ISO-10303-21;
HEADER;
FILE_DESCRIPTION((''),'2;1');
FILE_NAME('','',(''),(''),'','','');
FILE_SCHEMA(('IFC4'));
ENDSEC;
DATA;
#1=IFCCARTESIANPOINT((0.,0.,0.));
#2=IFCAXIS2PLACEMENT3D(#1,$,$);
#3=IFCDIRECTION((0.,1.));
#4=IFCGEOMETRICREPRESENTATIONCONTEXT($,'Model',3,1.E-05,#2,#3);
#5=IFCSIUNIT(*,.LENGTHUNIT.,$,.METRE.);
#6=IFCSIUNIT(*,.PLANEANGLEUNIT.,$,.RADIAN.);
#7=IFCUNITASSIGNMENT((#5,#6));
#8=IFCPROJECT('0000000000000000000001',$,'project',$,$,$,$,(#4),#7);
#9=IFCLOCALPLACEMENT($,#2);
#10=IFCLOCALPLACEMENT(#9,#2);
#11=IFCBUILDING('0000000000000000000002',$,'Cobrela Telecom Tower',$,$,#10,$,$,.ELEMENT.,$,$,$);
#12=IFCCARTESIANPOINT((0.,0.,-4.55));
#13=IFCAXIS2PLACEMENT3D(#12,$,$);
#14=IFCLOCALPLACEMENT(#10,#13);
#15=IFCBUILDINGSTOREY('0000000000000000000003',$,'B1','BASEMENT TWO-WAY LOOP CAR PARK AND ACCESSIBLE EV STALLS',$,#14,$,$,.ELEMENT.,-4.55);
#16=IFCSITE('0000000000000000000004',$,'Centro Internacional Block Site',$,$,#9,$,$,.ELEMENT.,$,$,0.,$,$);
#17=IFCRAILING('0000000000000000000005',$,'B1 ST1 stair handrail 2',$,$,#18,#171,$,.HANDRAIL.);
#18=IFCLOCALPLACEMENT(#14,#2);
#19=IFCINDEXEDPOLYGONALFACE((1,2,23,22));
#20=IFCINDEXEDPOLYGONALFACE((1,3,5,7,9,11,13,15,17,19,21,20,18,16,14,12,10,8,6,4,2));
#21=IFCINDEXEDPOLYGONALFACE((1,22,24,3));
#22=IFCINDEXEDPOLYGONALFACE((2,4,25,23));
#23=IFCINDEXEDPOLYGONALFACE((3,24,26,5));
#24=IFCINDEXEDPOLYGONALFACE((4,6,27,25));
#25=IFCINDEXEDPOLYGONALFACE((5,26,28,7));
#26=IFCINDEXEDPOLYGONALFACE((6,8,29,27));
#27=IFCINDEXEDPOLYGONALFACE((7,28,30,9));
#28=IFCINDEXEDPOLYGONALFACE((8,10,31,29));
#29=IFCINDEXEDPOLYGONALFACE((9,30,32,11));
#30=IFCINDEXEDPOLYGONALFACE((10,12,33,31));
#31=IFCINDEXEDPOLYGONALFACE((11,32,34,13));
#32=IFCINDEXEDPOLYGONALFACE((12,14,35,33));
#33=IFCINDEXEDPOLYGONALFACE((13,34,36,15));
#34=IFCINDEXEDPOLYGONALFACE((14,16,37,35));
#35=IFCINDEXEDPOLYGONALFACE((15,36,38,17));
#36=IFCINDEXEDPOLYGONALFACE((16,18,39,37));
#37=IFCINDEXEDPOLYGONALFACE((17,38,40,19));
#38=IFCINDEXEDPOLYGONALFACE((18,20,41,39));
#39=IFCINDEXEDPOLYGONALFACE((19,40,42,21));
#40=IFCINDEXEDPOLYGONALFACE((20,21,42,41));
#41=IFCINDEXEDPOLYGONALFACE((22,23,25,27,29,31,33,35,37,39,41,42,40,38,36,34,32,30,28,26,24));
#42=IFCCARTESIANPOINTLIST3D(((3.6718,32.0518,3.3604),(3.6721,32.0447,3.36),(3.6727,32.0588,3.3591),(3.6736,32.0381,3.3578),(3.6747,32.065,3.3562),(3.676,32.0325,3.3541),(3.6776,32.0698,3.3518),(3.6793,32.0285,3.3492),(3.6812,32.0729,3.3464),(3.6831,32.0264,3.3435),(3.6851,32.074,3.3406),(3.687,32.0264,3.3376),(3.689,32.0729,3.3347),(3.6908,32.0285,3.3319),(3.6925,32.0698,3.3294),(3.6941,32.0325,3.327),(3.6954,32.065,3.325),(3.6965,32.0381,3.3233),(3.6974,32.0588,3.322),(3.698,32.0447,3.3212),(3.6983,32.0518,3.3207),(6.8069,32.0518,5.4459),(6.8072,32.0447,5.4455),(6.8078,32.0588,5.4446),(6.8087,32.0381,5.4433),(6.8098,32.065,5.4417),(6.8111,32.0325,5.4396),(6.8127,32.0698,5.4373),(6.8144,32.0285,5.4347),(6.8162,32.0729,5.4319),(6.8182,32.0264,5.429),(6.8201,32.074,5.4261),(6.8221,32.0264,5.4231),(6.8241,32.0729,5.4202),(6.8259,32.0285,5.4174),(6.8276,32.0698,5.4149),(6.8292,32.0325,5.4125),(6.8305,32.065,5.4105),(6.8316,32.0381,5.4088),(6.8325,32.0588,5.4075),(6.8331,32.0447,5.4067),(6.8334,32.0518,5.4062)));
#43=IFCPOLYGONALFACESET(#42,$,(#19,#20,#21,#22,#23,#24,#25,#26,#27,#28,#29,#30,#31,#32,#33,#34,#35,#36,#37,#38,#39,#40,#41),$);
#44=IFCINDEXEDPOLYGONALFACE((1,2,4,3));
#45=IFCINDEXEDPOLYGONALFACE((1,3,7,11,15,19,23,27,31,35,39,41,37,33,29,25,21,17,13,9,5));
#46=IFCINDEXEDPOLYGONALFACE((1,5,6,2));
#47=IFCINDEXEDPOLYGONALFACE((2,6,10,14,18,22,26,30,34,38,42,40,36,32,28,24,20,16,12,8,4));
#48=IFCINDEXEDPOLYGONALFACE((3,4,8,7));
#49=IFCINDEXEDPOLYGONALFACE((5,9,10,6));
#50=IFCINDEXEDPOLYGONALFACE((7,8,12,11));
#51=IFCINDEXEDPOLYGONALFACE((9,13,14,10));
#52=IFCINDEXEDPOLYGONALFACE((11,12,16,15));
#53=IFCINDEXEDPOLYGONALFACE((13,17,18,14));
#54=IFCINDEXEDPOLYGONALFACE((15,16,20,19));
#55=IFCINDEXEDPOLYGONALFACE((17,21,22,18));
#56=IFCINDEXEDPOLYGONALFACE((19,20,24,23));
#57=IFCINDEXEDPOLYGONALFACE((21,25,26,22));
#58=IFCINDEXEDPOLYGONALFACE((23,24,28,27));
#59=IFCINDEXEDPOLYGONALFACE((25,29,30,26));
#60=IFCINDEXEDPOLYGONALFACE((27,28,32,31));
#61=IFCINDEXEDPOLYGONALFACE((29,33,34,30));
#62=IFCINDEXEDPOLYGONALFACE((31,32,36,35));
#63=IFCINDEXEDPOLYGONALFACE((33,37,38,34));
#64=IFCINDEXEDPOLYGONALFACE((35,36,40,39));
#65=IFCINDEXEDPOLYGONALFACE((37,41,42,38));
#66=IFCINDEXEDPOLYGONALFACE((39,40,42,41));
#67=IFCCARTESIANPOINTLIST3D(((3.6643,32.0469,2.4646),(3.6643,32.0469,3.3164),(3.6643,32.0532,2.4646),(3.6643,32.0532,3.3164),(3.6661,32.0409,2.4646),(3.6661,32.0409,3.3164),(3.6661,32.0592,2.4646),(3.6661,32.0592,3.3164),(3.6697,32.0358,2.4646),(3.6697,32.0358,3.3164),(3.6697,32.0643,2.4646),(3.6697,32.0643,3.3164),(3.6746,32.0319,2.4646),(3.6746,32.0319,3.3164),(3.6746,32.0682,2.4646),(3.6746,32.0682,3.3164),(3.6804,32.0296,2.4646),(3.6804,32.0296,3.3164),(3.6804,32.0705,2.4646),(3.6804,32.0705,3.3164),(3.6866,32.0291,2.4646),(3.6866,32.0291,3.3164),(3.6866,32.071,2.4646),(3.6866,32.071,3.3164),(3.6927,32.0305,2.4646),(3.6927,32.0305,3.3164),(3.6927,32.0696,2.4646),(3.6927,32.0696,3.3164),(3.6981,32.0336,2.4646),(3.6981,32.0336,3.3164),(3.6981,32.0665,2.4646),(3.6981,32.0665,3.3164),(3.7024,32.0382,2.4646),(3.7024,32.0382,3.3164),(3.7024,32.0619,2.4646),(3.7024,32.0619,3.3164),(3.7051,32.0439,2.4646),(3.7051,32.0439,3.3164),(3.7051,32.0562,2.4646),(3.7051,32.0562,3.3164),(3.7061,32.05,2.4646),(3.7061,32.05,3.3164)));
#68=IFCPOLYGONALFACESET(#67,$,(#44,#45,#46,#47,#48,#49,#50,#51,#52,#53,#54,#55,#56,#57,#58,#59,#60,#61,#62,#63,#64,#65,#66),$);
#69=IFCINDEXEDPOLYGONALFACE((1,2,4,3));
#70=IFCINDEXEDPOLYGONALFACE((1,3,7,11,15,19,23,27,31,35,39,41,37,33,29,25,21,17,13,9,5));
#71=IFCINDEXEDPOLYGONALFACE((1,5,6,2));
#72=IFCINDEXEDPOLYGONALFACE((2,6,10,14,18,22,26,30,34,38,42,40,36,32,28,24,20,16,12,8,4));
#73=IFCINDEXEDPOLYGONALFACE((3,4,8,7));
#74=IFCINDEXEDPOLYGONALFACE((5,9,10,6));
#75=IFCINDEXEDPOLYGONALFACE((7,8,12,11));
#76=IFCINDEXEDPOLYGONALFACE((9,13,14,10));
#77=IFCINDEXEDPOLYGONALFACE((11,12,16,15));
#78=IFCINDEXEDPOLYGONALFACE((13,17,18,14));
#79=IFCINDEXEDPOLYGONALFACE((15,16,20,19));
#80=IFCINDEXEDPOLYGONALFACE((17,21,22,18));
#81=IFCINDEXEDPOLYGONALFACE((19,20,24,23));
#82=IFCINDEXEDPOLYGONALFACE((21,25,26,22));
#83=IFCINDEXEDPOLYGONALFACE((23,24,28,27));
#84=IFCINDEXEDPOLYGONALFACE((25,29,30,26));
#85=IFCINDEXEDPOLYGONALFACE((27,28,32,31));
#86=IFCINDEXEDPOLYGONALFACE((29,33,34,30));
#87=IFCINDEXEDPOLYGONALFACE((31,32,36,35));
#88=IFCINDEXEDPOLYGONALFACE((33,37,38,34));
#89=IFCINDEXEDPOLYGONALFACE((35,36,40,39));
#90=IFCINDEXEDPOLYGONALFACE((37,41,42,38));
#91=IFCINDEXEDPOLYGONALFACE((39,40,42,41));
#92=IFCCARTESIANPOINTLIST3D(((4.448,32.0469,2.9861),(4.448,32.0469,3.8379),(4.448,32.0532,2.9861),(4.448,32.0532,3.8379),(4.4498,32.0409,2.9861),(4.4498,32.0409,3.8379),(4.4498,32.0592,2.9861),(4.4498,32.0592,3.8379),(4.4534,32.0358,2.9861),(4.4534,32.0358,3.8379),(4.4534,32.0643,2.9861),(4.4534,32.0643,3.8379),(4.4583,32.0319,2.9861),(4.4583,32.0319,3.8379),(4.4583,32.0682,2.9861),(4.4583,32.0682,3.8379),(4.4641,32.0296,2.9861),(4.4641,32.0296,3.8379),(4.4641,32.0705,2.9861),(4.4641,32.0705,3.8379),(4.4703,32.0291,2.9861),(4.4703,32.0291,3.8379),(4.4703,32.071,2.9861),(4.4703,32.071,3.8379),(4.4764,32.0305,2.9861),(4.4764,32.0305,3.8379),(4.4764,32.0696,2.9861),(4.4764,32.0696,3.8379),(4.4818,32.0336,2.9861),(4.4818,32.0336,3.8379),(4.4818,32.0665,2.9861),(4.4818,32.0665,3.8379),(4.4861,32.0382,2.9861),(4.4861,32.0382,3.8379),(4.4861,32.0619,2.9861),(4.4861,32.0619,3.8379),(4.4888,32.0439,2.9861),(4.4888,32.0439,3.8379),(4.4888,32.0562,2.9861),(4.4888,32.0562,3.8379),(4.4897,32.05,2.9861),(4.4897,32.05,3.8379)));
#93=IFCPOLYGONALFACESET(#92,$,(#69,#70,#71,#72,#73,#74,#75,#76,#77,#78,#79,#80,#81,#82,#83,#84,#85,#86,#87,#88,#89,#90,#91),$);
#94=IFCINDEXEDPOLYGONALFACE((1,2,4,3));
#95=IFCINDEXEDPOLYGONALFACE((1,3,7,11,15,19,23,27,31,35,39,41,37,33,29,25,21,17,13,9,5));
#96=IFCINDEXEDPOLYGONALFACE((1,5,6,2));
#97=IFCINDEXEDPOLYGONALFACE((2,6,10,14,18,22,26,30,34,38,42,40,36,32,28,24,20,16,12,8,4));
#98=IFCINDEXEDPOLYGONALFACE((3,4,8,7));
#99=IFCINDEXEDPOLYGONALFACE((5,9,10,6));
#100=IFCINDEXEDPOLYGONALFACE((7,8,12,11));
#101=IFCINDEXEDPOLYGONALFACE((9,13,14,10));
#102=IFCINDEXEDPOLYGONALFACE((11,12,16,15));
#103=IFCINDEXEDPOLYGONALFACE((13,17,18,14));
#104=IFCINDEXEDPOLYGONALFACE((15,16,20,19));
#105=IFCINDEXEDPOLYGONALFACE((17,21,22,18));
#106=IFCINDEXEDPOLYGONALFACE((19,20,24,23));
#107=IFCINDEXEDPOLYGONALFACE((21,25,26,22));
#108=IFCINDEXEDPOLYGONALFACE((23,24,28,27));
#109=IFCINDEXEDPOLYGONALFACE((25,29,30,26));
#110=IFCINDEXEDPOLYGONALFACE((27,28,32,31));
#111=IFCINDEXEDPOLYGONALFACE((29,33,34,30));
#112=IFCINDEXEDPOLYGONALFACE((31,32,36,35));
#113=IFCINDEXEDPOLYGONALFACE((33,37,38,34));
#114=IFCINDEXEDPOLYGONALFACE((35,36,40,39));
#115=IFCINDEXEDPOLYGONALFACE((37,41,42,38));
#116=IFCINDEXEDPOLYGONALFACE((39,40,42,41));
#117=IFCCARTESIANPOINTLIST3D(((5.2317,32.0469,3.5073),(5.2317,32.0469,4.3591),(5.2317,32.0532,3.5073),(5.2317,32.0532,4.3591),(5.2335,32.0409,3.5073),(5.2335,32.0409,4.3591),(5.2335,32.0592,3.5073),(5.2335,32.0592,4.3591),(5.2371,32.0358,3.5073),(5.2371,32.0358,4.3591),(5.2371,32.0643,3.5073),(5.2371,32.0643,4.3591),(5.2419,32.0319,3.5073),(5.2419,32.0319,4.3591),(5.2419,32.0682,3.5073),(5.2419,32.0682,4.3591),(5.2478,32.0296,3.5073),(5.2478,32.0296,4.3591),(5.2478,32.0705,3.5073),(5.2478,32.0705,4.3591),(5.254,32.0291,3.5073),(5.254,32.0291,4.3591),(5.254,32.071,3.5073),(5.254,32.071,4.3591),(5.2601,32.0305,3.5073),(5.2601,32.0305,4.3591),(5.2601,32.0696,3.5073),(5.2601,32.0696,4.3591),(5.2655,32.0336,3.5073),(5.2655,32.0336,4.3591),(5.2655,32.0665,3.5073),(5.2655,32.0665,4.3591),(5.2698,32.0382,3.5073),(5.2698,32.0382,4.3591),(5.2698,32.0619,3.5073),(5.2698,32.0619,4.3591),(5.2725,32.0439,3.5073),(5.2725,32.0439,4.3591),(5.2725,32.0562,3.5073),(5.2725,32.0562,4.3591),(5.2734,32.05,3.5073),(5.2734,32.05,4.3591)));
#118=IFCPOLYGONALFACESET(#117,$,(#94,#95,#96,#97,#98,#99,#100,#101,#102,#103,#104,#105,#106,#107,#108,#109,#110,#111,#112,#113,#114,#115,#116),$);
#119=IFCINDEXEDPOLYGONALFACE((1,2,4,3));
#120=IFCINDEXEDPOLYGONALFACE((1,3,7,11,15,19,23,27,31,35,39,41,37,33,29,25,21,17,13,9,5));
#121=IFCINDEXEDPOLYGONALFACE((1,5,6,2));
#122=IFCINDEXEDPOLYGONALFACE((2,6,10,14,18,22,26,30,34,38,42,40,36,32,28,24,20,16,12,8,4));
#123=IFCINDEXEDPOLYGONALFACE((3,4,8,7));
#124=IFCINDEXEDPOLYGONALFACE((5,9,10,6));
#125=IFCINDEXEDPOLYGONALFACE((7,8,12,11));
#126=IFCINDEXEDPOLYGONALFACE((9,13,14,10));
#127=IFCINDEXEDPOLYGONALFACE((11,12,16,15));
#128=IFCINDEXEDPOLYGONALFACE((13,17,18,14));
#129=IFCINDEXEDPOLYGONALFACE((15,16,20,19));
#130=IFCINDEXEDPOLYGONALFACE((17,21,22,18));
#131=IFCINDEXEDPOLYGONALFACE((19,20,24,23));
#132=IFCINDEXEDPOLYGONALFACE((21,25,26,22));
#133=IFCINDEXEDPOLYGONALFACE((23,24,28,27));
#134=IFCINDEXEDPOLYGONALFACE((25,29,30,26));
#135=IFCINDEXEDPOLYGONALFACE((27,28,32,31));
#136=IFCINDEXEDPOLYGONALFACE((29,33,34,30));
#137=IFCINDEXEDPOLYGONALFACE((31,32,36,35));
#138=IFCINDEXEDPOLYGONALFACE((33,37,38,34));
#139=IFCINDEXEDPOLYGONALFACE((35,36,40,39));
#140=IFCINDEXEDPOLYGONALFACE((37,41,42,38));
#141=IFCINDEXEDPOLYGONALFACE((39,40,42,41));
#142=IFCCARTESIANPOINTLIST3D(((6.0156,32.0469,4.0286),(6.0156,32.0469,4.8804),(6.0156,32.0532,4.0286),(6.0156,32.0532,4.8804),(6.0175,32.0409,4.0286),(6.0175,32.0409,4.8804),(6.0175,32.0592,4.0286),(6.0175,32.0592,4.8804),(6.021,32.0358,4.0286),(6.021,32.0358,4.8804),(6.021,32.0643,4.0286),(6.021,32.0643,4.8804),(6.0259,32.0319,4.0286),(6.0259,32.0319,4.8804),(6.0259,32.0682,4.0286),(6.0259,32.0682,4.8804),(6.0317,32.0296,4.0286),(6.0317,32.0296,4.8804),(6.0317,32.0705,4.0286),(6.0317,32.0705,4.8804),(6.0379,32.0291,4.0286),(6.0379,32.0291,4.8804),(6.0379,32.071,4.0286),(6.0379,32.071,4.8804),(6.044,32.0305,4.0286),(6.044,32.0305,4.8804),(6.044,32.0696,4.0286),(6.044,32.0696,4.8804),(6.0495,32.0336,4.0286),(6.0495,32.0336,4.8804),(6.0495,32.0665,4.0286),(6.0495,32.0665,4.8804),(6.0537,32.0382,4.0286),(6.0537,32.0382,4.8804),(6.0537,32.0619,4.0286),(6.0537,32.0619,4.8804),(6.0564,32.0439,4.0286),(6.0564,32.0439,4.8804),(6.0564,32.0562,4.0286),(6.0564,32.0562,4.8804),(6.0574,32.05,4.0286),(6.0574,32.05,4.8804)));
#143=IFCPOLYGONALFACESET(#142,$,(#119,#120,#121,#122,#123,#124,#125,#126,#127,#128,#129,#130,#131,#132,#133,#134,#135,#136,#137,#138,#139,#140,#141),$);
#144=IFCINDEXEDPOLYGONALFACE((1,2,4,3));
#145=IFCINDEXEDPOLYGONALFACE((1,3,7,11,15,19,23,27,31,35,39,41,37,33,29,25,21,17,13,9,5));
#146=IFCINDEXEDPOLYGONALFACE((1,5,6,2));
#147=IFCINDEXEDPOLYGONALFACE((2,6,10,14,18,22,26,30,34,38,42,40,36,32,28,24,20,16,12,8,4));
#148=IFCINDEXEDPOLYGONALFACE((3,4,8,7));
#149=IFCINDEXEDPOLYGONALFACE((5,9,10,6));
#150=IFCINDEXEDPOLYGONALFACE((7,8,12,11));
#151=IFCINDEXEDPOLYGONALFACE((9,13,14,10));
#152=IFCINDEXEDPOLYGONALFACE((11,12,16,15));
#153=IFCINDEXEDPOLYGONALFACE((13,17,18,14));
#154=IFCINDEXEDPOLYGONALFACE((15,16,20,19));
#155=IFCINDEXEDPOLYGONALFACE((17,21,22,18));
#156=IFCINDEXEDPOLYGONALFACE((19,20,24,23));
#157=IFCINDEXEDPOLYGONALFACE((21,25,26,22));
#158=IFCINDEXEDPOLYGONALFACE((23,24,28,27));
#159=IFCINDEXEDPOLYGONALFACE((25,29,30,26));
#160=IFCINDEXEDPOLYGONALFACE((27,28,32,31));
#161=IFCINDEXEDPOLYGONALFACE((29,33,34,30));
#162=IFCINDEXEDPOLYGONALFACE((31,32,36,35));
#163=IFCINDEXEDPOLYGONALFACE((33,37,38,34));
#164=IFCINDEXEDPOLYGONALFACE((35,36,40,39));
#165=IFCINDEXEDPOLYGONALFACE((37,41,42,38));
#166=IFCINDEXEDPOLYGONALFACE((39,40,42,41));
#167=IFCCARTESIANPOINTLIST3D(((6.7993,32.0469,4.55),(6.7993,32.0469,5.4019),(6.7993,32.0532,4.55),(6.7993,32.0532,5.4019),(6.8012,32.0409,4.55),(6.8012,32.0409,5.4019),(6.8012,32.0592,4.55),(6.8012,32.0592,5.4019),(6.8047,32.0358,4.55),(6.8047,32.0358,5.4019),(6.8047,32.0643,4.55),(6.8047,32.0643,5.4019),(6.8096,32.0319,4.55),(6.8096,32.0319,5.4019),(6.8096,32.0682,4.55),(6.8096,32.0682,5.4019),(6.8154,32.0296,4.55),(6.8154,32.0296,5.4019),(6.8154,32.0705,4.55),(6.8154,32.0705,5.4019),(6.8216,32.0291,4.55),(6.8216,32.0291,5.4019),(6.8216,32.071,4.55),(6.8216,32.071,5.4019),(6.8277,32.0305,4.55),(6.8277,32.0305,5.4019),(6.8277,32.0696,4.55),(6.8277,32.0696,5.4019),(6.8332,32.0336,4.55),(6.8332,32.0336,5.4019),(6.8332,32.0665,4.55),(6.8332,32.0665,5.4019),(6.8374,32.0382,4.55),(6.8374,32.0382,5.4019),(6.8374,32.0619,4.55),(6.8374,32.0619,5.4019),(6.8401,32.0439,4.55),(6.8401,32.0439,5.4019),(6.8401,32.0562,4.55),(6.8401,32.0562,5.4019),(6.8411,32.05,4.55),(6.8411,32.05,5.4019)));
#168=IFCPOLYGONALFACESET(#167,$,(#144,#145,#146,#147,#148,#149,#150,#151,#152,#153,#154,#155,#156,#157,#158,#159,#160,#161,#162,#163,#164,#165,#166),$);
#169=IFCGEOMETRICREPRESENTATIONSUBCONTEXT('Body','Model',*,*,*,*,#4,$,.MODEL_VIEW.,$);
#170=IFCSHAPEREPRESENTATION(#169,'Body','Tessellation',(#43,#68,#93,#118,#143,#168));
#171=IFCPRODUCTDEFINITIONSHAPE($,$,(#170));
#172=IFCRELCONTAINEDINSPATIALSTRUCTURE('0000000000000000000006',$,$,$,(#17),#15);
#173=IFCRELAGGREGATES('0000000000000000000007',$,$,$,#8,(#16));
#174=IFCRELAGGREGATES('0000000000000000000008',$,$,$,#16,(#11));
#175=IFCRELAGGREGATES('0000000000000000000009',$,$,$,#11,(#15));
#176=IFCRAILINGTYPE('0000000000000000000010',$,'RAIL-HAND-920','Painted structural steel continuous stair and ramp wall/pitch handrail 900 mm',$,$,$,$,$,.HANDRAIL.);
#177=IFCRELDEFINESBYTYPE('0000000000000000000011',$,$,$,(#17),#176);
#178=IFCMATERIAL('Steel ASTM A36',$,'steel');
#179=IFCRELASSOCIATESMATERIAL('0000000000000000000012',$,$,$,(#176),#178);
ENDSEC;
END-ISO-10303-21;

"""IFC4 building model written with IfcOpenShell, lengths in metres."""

from ifc_helpers import new_model, si_unit, direction, frame, origin, origin_2d, place, context, subcontext, project, spatial, circle, extrude, material, type_object, element, save


model = new_model("IFC4")

# Units and contexts
model_context = context("Model", 3, precision=1e-05, world=origin(), true_north=direction((0.0, 1.0)))
body_context = subcontext(model_context, "Body", "Model", "MODEL_VIEW")
ifc_project = project(units=[si_unit("LENGTHUNIT", "METRE"), si_unit("PLANEANGLEUNIT", "RADIAN")], contexts=[model_context])

# Site, building, storey
site_placement = place(None, origin())
site = spatial("IfcSite", under=ifc_project, at=site_placement, Name="Centro Internacional Block Site", CompositionType="ELEMENT", RefElevation=0.0)
building_placement = place(site_placement, origin())
building = spatial("IfcBuilding", under=site, at=building_placement, Name="Cobrela Telecom Tower", CompositionType="ELEMENT")
storey_placement = place(building_placement, frame((0.0, 0.0, -4.55)))
storey = spatial("IfcBuildingStorey", under=building, at=storey_placement, Name="B1", Description="BASEMENT TWO-WAY LOOP CAR PARK AND ACCESSIBLE EV STALLS", CompositionType="ELEMENT", Elevation=-4.55)

# Shared definitions
ifc_material_1 = material(Name="Steel ASTM A36", Category="steel")

# Railing
railing_type_1 = type_object("IfcRailingType", Name="RAIL-HAND-920", Description="Painted structural steel continuous stair and ramp wall/pitch handrail 900 mm", PredefinedType="HANDRAIL", material=ifc_material_1)
railing_1_placement = place(storey_placement, frame((3.6851, 32.05, 2.4646)))
element("IfcRailing", 1, at=railing_1_placement, inside=storey, type_object=railing_type_1, Name="B1 ST1 stair handrail 2", PredefinedType="HANDRAIL", context=body_context, shape_type="SweptSolid", body=[
    extrude(circle(Radius=0.0239, at=origin_2d()), frame((0.0, 0.0, 0.876), z_axis=(0.832608, 0.0, 0.553862), x_axis=(0.0, 1.0, 0.0)), (0.0, 0.0, 1.0), 3.7654),
    extrude(circle(Radius=0.021, at=origin_2d()), origin(), (0.0, 0.0, 1.0), 0.8518),
    extrude(circle(Radius=0.021, at=origin_2d()), frame((0.7837, 0.0, 0.5215)), (0.0, 0.0, 1.0), 0.8518),
    extrude(circle(Radius=0.021, at=origin_2d()), frame((1.5674, 0.0, 1.0427)), (0.0, 0.0, 1.0), 0.8518),
    extrude(circle(Radius=0.021, at=origin_2d()), frame((2.3513, 0.0, 1.564)), (0.0, 0.0, 1.0), 0.8518),
    extrude(circle(Radius=0.021, at=origin_2d()), frame((3.135, 0.0, 2.0854)), (0.0, 0.0, 1.0), 0.8518),
])

save(model, "model.ifc")
